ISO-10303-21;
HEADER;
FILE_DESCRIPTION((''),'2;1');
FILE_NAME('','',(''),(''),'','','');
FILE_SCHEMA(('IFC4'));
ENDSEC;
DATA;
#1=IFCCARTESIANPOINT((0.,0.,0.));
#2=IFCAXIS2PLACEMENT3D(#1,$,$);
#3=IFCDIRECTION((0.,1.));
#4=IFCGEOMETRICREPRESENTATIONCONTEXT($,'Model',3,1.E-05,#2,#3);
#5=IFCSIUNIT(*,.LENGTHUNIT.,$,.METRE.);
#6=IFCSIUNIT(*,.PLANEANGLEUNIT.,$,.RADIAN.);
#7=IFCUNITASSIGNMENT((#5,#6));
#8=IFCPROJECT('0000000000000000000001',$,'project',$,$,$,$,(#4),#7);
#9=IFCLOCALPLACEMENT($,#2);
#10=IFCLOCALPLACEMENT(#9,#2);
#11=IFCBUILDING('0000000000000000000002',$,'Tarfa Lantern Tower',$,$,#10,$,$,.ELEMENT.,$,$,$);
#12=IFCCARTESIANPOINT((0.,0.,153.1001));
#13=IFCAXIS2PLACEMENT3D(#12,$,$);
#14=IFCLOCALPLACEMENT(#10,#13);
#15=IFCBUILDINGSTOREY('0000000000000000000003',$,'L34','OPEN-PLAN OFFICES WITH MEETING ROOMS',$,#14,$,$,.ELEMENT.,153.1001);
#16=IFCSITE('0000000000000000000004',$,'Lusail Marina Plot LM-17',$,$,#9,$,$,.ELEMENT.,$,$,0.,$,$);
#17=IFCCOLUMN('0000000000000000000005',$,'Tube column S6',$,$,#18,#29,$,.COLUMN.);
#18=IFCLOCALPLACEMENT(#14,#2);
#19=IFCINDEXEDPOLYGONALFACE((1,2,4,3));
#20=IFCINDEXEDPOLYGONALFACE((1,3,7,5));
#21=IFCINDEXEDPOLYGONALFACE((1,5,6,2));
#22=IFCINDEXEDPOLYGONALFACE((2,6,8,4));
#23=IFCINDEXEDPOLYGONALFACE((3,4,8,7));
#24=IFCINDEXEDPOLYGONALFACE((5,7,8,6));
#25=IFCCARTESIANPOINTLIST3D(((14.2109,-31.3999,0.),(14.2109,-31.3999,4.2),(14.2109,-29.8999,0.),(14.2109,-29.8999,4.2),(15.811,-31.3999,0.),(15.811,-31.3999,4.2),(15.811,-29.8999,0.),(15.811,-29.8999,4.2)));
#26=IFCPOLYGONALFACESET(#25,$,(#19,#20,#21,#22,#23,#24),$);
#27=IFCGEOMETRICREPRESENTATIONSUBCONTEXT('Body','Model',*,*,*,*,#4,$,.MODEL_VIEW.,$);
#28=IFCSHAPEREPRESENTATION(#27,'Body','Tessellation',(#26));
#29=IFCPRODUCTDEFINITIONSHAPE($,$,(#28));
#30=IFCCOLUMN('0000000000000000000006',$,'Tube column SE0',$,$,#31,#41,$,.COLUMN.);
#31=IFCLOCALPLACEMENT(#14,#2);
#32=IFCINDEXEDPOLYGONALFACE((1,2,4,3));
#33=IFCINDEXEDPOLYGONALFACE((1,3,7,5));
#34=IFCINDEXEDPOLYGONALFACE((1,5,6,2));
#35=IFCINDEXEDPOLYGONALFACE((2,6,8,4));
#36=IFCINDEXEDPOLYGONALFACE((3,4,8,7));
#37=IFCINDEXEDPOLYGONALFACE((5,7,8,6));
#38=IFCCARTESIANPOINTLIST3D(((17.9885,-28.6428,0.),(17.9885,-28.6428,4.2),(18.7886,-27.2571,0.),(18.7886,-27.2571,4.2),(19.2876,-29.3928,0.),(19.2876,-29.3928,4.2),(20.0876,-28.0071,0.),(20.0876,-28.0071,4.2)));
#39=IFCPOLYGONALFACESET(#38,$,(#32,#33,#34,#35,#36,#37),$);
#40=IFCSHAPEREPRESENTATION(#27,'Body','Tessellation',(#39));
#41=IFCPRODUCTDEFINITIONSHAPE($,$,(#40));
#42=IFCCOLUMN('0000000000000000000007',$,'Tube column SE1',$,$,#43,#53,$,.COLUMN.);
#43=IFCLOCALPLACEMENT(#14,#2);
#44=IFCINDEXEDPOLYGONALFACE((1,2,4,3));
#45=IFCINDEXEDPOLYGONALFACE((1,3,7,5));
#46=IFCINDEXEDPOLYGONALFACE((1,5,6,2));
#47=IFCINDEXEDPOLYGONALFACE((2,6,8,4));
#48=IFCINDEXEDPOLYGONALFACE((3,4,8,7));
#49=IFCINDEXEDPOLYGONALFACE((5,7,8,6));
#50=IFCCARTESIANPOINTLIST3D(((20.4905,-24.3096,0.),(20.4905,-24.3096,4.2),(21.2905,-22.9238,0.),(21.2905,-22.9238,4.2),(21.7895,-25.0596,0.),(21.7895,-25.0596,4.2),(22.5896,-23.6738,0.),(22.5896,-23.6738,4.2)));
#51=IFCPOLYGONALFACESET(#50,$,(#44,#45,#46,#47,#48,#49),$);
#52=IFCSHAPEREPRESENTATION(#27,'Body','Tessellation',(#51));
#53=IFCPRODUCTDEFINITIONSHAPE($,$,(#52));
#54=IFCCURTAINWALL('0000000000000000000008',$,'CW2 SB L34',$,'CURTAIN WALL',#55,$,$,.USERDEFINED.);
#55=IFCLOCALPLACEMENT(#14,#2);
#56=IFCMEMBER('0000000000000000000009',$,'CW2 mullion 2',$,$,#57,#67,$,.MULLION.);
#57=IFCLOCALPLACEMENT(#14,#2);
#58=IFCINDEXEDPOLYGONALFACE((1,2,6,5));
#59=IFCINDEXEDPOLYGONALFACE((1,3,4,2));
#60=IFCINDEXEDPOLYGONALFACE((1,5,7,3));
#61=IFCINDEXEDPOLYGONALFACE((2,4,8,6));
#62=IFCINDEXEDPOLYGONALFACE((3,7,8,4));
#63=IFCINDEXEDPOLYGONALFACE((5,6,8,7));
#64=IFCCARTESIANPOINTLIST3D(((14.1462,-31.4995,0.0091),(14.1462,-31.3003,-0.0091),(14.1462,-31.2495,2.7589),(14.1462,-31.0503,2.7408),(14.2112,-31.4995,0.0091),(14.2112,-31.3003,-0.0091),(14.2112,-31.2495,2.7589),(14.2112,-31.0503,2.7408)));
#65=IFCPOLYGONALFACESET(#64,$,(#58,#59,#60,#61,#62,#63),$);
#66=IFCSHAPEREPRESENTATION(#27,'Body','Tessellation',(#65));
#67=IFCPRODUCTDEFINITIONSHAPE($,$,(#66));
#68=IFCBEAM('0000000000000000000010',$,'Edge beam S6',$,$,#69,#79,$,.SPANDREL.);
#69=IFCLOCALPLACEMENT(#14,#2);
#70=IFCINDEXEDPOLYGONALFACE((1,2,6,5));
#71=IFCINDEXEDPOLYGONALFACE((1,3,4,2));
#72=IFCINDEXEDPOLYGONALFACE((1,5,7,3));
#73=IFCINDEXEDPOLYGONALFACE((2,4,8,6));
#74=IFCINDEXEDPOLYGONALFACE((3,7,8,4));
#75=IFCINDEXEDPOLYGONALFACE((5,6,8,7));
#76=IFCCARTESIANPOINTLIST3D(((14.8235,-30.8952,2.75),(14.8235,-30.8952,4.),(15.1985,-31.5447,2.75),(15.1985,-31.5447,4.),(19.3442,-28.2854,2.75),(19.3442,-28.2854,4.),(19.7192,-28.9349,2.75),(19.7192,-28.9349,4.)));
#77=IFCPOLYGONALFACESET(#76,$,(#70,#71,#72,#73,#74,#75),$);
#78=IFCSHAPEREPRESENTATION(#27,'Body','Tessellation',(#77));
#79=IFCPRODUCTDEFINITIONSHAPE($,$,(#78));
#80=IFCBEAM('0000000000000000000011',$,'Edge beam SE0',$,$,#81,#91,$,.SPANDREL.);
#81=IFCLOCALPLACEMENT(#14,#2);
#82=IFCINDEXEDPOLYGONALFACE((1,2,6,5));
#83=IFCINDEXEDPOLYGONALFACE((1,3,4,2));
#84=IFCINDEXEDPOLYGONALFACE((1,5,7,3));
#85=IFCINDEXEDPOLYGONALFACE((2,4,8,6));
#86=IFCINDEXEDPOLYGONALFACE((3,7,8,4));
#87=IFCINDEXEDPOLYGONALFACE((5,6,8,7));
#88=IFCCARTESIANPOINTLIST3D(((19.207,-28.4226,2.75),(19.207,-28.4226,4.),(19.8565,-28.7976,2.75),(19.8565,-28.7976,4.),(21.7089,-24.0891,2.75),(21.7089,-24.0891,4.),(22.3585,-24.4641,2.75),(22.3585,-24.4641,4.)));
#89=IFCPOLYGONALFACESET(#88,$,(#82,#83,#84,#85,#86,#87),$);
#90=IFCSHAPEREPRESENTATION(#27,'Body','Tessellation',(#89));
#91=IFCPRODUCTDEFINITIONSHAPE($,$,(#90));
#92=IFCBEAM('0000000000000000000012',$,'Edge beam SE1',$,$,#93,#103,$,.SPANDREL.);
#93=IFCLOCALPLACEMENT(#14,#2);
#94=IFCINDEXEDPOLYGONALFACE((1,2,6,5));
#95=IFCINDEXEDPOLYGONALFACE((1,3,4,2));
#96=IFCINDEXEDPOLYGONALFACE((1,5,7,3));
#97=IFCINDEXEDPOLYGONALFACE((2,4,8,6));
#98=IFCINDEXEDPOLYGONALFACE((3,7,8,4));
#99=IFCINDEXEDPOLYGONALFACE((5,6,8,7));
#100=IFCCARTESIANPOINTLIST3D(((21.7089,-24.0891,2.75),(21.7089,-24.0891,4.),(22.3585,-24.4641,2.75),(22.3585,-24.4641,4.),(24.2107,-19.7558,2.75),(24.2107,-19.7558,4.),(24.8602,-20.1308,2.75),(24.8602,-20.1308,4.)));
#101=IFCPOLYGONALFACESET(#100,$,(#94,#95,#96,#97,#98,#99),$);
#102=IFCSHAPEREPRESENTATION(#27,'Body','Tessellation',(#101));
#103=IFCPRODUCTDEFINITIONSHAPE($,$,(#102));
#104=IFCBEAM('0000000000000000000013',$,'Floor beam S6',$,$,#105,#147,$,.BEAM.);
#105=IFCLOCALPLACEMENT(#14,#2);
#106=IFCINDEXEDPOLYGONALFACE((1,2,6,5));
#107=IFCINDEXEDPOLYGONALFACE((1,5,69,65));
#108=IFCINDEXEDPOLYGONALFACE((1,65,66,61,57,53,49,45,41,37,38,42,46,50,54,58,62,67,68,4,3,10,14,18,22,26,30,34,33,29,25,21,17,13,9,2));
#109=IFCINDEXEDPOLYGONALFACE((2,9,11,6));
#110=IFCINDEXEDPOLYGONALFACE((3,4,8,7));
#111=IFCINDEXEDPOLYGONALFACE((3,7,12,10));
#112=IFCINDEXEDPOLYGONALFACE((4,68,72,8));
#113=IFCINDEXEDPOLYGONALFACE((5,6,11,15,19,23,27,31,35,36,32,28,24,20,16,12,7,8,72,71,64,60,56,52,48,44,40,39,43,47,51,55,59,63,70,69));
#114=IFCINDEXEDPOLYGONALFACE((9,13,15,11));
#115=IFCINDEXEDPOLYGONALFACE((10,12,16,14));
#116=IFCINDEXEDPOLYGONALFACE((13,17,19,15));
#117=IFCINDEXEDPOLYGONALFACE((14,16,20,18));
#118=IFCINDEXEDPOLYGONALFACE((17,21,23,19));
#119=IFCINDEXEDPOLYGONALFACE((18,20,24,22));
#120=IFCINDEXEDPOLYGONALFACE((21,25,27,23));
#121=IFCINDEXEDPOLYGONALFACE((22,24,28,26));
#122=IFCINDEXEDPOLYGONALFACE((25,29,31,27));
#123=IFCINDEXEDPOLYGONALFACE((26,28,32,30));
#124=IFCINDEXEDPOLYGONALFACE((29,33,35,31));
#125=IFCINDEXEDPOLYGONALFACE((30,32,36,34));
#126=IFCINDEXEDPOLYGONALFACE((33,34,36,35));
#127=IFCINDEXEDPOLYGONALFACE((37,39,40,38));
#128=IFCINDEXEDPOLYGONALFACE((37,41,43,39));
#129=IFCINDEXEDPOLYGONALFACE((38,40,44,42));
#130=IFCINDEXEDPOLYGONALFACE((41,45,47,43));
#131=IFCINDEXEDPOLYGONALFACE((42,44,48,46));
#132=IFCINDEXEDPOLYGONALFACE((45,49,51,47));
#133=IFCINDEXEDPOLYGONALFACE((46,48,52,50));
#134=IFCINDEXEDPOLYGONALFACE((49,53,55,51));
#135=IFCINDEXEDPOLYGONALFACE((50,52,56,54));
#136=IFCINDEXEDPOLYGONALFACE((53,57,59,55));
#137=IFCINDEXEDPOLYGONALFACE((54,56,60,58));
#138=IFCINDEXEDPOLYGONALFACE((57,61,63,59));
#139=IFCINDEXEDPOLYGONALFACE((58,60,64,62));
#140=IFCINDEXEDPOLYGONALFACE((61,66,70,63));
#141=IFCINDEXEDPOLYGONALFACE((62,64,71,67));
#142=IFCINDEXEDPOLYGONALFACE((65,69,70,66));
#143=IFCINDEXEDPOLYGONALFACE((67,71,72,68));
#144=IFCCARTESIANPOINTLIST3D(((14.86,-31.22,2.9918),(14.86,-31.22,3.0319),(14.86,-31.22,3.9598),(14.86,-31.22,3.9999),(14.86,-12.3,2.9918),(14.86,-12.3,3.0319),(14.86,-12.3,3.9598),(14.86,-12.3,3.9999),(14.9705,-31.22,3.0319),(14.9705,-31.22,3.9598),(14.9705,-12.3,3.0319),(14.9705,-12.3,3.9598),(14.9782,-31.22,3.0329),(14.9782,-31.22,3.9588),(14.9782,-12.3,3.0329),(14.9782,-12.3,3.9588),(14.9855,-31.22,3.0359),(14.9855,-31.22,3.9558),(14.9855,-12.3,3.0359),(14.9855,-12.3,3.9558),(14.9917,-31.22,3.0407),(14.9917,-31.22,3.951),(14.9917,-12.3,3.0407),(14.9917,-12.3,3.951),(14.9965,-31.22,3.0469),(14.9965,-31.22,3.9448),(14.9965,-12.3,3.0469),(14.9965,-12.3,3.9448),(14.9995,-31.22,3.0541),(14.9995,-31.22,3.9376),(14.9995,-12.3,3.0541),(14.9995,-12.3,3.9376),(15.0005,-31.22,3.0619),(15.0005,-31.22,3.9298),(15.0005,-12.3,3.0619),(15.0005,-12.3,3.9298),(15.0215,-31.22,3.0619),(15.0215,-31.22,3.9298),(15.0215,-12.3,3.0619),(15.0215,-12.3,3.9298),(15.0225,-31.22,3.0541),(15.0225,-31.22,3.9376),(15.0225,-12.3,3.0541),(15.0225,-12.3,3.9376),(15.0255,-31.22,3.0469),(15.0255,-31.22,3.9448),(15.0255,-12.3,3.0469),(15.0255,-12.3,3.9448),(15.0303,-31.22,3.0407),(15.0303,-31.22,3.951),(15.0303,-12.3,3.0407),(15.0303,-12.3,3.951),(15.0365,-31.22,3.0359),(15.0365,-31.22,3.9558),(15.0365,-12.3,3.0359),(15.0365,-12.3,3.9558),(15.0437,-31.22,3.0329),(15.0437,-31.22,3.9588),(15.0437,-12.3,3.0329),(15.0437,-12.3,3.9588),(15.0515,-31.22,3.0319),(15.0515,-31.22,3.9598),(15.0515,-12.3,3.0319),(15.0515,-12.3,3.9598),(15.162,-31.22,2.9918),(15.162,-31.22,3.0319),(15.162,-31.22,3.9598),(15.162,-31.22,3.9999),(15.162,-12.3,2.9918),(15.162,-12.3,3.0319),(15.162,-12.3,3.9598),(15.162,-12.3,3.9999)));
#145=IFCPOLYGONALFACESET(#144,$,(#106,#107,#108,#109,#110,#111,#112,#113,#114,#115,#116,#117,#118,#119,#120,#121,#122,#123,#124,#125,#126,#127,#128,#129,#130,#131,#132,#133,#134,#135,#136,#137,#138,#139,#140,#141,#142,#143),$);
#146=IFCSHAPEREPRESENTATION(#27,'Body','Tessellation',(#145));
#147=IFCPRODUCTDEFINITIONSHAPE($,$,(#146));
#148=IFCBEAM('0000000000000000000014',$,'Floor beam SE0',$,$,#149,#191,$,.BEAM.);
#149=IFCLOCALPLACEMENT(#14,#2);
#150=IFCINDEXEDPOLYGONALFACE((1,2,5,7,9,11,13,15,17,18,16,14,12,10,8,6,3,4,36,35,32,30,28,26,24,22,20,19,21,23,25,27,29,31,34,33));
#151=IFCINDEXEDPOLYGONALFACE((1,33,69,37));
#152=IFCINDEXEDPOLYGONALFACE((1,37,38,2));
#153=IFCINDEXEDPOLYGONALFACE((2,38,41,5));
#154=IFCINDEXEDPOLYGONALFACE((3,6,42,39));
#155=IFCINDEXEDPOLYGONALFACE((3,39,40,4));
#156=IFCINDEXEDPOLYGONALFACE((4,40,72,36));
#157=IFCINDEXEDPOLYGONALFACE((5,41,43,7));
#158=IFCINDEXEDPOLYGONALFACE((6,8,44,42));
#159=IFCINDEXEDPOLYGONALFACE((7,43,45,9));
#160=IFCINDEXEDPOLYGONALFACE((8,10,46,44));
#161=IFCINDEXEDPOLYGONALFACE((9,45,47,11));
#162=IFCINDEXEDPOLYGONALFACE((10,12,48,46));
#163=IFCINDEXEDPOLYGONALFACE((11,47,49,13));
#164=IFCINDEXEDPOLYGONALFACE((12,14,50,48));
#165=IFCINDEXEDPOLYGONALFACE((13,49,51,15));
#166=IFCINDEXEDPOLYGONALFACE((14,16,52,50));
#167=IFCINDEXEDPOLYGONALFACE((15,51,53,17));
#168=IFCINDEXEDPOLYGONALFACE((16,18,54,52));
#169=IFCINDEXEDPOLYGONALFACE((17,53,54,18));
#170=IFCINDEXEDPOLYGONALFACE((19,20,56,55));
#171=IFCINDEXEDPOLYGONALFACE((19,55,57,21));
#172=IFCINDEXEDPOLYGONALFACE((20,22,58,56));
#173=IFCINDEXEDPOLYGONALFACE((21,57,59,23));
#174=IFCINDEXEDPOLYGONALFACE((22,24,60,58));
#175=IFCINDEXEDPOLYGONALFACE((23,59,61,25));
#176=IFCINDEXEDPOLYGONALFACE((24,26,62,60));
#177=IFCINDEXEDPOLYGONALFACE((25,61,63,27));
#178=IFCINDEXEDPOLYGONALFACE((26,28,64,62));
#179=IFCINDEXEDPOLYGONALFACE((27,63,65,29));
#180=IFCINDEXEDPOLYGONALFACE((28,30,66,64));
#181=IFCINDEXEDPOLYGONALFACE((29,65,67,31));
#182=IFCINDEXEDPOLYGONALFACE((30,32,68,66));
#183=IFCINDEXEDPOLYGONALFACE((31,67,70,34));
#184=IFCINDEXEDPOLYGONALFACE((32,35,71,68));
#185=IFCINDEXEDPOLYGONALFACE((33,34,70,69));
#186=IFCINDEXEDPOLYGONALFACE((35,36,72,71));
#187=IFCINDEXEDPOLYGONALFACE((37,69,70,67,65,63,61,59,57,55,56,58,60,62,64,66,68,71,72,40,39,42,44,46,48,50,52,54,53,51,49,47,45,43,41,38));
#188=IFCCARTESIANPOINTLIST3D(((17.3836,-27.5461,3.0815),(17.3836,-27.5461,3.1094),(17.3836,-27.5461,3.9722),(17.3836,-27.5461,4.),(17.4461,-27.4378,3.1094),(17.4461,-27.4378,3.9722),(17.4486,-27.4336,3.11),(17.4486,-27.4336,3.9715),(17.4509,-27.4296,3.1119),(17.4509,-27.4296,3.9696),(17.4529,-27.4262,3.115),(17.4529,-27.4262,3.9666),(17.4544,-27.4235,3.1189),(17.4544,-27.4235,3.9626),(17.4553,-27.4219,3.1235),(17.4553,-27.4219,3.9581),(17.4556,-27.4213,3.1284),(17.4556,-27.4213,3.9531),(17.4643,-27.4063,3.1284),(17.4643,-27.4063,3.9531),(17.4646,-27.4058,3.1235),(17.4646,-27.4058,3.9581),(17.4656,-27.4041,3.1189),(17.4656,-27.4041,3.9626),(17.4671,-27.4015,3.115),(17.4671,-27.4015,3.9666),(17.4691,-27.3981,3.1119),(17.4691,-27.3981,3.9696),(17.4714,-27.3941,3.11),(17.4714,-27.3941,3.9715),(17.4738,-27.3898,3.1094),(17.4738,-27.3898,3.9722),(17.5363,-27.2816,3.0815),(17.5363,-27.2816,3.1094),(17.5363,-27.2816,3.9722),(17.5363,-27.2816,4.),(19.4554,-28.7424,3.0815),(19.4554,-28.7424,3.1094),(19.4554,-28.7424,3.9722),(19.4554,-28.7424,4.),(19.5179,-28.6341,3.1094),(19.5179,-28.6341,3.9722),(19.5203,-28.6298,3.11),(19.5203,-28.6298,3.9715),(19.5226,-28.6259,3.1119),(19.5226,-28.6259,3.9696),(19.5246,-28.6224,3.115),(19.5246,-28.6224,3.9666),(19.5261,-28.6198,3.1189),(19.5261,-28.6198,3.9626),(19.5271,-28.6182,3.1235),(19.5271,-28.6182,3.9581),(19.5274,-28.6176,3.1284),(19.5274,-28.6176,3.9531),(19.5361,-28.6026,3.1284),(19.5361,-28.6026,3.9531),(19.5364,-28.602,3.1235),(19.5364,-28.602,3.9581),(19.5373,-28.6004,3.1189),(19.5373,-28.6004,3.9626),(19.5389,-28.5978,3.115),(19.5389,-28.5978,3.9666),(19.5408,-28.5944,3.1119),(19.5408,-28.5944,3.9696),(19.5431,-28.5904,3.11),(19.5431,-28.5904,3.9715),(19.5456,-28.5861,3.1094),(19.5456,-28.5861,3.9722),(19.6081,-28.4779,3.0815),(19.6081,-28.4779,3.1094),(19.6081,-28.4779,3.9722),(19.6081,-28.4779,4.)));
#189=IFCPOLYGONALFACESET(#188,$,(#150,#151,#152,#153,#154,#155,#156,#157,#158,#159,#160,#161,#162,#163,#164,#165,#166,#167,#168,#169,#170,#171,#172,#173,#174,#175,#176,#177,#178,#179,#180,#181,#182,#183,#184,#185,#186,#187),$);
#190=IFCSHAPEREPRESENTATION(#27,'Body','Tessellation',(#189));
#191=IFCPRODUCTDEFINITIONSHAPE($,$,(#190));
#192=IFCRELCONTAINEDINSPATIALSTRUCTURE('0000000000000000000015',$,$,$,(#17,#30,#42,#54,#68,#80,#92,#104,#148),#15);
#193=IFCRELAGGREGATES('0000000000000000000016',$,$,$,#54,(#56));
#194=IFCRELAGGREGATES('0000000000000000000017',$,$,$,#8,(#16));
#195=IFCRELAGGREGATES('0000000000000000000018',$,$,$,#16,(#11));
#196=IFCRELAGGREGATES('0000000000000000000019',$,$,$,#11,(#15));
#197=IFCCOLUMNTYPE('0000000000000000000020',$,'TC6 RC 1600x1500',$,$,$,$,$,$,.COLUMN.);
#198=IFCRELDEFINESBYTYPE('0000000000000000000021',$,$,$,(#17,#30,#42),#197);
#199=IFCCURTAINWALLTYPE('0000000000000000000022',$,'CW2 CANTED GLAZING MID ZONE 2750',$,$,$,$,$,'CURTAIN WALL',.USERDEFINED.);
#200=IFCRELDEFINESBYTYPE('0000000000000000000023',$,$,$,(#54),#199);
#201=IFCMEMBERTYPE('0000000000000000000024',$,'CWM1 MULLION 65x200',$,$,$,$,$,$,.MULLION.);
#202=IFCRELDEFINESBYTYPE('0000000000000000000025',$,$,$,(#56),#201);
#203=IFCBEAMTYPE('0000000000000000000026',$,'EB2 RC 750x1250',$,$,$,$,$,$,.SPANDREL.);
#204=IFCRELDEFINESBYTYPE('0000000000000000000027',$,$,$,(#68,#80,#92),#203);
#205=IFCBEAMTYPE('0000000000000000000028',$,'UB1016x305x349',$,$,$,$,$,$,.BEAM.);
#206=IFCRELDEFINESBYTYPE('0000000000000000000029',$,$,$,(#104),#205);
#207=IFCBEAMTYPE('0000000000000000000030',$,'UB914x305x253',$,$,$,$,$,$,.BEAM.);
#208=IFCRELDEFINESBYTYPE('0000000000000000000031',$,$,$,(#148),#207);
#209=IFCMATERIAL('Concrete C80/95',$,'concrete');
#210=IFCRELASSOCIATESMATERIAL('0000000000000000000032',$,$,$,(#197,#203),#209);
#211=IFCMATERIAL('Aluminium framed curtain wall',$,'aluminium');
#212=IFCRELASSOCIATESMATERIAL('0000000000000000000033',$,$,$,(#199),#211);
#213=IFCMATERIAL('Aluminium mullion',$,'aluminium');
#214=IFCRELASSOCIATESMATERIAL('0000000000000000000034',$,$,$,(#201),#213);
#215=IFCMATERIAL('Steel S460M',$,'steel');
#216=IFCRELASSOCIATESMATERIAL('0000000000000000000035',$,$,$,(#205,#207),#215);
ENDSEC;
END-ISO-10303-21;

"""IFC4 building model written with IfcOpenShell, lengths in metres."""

from ifc_helpers import new_model, si_unit, direction, frame, origin, origin_2d, place, context, subcontext, project, spatial, rectangle, i_section, extrude, material, material_profile, profile_set, type_object, element, aggregate, save


model = new_model("IFC4")

# Units and contexts
model_context = context("Model", 3, precision=1e-05, world=origin(), true_north=direction((0.0, 1.0)))
body_context = subcontext(model_context, "Body", "Model", "MODEL_VIEW")
ifc_project = project(units=[si_unit("LENGTHUNIT", "METRE"), si_unit("PLANEANGLEUNIT", "RADIAN")], contexts=[model_context])

# Site, building, storey
site_placement = place(None, origin())
site = spatial("IfcSite", under=ifc_project, at=site_placement, Name="Lusail Marina Plot LM-17", CompositionType="ELEMENT", RefElevation=0.0)
building_placement = place(site_placement, origin())
building = spatial("IfcBuilding", under=site, at=building_placement, Name="Tarfa Lantern Tower", CompositionType="ELEMENT")
storey_placement = place(building_placement, frame((0.0, 0.0, 153.1001)))
storey = spatial("IfcBuildingStorey", under=building, at=storey_placement, Name="L34", Description="OPEN-PLAN OFFICES WITH MEETING ROOMS", CompositionType="ELEMENT", Elevation=153.1001)

# Columns
ifc_material_1 = material(Name="Concrete C80/95", Category="concrete")
ifc_material_profile_1 = material_profile(ifc_material_1, rectangle(XDim=1.6001, YDim=1.5, at=origin_2d()), Name="RC 1600x1500")
ifc_profile_set_1 = profile_set([ifc_material_profile_1], Name="Concrete C80/95")
column_type = type_object("IfcColumnType", Name="TC6 RC 1600x1500", PredefinedType="COLUMN", material=ifc_profile_set_1)
for number, where, z_axis, x_axis, name in (
    (1, (15.011, -30.6499, 0.0), (0.0, 0.0, 1.0), (1.0, 0.0, 0.0), "Tube column S6"),
    (2, (19.0381, -28.325, 0.0), (0.0, 0.0, 1.0), (0.5, 0.866025, 0.0), "Tube column SE0"),
    (3, (21.54, -23.9917, 0.0), (0.0, 0.0, 1.0), (0.5, 0.866025, 0.0), "Tube column SE1"),
):
    element("IfcColumn", number, at=place(storey_placement, frame(where, z_axis=z_axis, x_axis=x_axis)), inside=storey, type_object=column_type, Name=name, PredefinedType="COLUMN", context=body_context, shape_type="SweptSolid", body=[
        extrude(rectangle(XDim=1.6001, YDim=1.5, at=origin_2d()), origin(), (0.0, 0.0, 1.0), 4.2),
    ])

# Curtain wall, member
ifc_material_2 = material(Name="Aluminium framed curtain wall", Category="aluminium")
curtain_wall_type = type_object("IfcCurtainWallType", Name="CW2 CANTED GLAZING MID ZONE 2750", ElementType="CURTAIN WALL", PredefinedType="USERDEFINED", material=ifc_material_2)
curtain_wall_placement = place(storey_placement, origin())
curtain_wall = element("IfcCurtainWall", 4, at=curtain_wall_placement, inside=storey, type_object=curtain_wall_type, Name="CW2 SB L34", ObjectType="CURTAIN WALL", PredefinedType="USERDEFINED")
ifc_material_3 = material(Name="Aluminium mullion", Category="aluminium")
ifc_material_profile_2 = material_profile(ifc_material_3, rectangle(XDim=0.0649, YDim=0.2, at=origin_2d()), Name="AL MULLION 65x200")
ifc_profile_set_2 = profile_set([ifc_material_profile_2], Name="Aluminium mullion")
member_type = type_object("IfcMemberType", Name="CWM1 MULLION 65x200", PredefinedType="MULLION", material=ifc_profile_set_2)
member_placement = place(storey_placement, frame((14.1787, -31.3999, 0.0), z_axis=(0.0, 0.090536, 0.995893), x_axis=(-1.0, 0.0, 0.0)))
member = element("IfcMember", 5, at=member_placement, type_object=member_type, Name="CW2 mullion 2", PredefinedType="MULLION", context=body_context, shape_type="SweptSolid", body=[
    extrude(rectangle(XDim=0.0649, YDim=0.2, at=origin_2d()), origin(), (0.0, 0.0, 1.0), 2.7612),
])
aggregate(curtain_wall, [member])

# Beams
ifc_material_profile_3 = material_profile(ifc_material_1, rectangle(XDim=0.75, YDim=1.25, at=origin_2d()), Name="RC 750x1250")
ifc_profile_set_3 = profile_set([ifc_material_profile_3], Name="Concrete C80/95")
beam_type_1 = type_object("IfcBeamType", Name="EB2 RC 750x1250", PredefinedType="SPANDREL", material=ifc_profile_set_3)
beam_1_placement = place(storey_placement, frame((15.011, -31.22, 3.375), z_axis=(0.866042, 0.499972, 0.0), x_axis=(-0.499972, 0.866042, 0.0)))
element("IfcBeam", 6, at=beam_1_placement, inside=storey, type_object=beam_type_1, Name="Edge beam S6", PredefinedType="SPANDREL", context=body_context, shape_type="SweptSolid", body=[
    extrude(rectangle(XDim=0.75, YDim=1.25, at=origin_2d()), origin(), (0.0, 0.0, 1.0), 5.22),
])
beam_2_placement = place(storey_placement, frame((19.5317, -28.6101, 3.375), z_axis=(0.500001, 0.866025, 0.0), x_axis=(-0.866025, 0.500001, 0.0)))
element("IfcBeam", 7, at=beam_2_placement, inside=storey, type_object=beam_type_1, Name="Edge beam SE0", PredefinedType="SPANDREL", context=body_context, shape_type="SweptSolid", body=[
    extrude(rectangle(XDim=0.75, YDim=1.25, at=origin_2d()), origin(), (0.0, 0.0, 1.0), 5.0039),
])
beam_3_placement = place(storey_placement, frame((22.0337, -24.2766, 3.375), z_axis=(0.499986, 0.866034, 0.0), x_axis=(-0.866034, 0.499986, 0.0)))
element("IfcBeam", 8, at=beam_3_placement, inside=storey, type_object=beam_type_1, Name="Edge beam SE1", PredefinedType="SPANDREL", context=body_context, shape_type="SweptSolid", body=[
    extrude(rectangle(XDim=0.75, YDim=1.25, at=origin_2d()), origin(), (0.0, 0.0, 1.0), 5.0037),
])
ifc_material_4 = material(Name="Steel S460M", Category="steel")
ifc_material_profile_4 = material_profile(ifc_material_4, i_section(OverallWidth=0.302, OverallDepth=1.0081, WebThickness=0.021, FlangeThickness=0.04, FilletRadius=0.03, at=origin_2d()), Name="UB1016x305x349")
ifc_profile_set_4 = profile_set([ifc_material_profile_4], Name="Steel S460M")
beam_type_2 = type_object("IfcBeamType", Name="UB1016x305x349", PredefinedType="BEAM", material=ifc_profile_set_4)
beam_4_placement = place(storey_placement, frame((15.011, -31.22, 3.4958), z_axis=(0.0, 1.0, 0.0), x_axis=(-1.0, 0.0, 0.0)))
element("IfcBeam", 9, at=beam_4_placement, inside=storey, type_object=beam_type_2, Name="Floor beam S6", PredefinedType="BEAM", context=body_context, shape_type="SweptSolid", body=[
    extrude(i_section(OverallWidth=0.302, OverallDepth=1.0081, WebThickness=0.021, FlangeThickness=0.04, FilletRadius=0.03, at=origin_2d()), origin(), (0.0, 0.0, 1.0), 18.9199),
])
ifc_material_profile_5 = material_profile(ifc_material_4, i_section(OverallWidth=0.3054, OverallDepth=0.9185, WebThickness=0.0173, FlangeThickness=0.0278, FilletRadius=0.019, at=origin_2d()), Name="UB914x305x253")
ifc_profile_set_5 = profile_set([ifc_material_profile_5], Name="Steel S460M")
beam_type_3 = type_object("IfcBeamType", Name="UB914x305x253", PredefinedType="BEAM", material=ifc_profile_set_5)
beam_5_placement = place(storey_placement, frame((19.5317, -28.6101, 3.5408), z_axis=(-0.865999, 0.500046, 0.0), x_axis=(-0.500046, -0.865999, 0.0)))
element("IfcBeam", 10, at=beam_5_placement, inside=storey, type_object=beam_type_3, Name="Floor beam SE0", PredefinedType="BEAM", context=body_context, shape_type="SweptSolid", body=[
    extrude(i_section(OverallWidth=0.3054, OverallDepth=0.9185, WebThickness=0.0173, FlangeThickness=0.0278, FilletRadius=0.019, at=origin_2d()), origin(), (0.0, 0.0, 1.0), 2.3923),
])

save(model, "model.ifc")
